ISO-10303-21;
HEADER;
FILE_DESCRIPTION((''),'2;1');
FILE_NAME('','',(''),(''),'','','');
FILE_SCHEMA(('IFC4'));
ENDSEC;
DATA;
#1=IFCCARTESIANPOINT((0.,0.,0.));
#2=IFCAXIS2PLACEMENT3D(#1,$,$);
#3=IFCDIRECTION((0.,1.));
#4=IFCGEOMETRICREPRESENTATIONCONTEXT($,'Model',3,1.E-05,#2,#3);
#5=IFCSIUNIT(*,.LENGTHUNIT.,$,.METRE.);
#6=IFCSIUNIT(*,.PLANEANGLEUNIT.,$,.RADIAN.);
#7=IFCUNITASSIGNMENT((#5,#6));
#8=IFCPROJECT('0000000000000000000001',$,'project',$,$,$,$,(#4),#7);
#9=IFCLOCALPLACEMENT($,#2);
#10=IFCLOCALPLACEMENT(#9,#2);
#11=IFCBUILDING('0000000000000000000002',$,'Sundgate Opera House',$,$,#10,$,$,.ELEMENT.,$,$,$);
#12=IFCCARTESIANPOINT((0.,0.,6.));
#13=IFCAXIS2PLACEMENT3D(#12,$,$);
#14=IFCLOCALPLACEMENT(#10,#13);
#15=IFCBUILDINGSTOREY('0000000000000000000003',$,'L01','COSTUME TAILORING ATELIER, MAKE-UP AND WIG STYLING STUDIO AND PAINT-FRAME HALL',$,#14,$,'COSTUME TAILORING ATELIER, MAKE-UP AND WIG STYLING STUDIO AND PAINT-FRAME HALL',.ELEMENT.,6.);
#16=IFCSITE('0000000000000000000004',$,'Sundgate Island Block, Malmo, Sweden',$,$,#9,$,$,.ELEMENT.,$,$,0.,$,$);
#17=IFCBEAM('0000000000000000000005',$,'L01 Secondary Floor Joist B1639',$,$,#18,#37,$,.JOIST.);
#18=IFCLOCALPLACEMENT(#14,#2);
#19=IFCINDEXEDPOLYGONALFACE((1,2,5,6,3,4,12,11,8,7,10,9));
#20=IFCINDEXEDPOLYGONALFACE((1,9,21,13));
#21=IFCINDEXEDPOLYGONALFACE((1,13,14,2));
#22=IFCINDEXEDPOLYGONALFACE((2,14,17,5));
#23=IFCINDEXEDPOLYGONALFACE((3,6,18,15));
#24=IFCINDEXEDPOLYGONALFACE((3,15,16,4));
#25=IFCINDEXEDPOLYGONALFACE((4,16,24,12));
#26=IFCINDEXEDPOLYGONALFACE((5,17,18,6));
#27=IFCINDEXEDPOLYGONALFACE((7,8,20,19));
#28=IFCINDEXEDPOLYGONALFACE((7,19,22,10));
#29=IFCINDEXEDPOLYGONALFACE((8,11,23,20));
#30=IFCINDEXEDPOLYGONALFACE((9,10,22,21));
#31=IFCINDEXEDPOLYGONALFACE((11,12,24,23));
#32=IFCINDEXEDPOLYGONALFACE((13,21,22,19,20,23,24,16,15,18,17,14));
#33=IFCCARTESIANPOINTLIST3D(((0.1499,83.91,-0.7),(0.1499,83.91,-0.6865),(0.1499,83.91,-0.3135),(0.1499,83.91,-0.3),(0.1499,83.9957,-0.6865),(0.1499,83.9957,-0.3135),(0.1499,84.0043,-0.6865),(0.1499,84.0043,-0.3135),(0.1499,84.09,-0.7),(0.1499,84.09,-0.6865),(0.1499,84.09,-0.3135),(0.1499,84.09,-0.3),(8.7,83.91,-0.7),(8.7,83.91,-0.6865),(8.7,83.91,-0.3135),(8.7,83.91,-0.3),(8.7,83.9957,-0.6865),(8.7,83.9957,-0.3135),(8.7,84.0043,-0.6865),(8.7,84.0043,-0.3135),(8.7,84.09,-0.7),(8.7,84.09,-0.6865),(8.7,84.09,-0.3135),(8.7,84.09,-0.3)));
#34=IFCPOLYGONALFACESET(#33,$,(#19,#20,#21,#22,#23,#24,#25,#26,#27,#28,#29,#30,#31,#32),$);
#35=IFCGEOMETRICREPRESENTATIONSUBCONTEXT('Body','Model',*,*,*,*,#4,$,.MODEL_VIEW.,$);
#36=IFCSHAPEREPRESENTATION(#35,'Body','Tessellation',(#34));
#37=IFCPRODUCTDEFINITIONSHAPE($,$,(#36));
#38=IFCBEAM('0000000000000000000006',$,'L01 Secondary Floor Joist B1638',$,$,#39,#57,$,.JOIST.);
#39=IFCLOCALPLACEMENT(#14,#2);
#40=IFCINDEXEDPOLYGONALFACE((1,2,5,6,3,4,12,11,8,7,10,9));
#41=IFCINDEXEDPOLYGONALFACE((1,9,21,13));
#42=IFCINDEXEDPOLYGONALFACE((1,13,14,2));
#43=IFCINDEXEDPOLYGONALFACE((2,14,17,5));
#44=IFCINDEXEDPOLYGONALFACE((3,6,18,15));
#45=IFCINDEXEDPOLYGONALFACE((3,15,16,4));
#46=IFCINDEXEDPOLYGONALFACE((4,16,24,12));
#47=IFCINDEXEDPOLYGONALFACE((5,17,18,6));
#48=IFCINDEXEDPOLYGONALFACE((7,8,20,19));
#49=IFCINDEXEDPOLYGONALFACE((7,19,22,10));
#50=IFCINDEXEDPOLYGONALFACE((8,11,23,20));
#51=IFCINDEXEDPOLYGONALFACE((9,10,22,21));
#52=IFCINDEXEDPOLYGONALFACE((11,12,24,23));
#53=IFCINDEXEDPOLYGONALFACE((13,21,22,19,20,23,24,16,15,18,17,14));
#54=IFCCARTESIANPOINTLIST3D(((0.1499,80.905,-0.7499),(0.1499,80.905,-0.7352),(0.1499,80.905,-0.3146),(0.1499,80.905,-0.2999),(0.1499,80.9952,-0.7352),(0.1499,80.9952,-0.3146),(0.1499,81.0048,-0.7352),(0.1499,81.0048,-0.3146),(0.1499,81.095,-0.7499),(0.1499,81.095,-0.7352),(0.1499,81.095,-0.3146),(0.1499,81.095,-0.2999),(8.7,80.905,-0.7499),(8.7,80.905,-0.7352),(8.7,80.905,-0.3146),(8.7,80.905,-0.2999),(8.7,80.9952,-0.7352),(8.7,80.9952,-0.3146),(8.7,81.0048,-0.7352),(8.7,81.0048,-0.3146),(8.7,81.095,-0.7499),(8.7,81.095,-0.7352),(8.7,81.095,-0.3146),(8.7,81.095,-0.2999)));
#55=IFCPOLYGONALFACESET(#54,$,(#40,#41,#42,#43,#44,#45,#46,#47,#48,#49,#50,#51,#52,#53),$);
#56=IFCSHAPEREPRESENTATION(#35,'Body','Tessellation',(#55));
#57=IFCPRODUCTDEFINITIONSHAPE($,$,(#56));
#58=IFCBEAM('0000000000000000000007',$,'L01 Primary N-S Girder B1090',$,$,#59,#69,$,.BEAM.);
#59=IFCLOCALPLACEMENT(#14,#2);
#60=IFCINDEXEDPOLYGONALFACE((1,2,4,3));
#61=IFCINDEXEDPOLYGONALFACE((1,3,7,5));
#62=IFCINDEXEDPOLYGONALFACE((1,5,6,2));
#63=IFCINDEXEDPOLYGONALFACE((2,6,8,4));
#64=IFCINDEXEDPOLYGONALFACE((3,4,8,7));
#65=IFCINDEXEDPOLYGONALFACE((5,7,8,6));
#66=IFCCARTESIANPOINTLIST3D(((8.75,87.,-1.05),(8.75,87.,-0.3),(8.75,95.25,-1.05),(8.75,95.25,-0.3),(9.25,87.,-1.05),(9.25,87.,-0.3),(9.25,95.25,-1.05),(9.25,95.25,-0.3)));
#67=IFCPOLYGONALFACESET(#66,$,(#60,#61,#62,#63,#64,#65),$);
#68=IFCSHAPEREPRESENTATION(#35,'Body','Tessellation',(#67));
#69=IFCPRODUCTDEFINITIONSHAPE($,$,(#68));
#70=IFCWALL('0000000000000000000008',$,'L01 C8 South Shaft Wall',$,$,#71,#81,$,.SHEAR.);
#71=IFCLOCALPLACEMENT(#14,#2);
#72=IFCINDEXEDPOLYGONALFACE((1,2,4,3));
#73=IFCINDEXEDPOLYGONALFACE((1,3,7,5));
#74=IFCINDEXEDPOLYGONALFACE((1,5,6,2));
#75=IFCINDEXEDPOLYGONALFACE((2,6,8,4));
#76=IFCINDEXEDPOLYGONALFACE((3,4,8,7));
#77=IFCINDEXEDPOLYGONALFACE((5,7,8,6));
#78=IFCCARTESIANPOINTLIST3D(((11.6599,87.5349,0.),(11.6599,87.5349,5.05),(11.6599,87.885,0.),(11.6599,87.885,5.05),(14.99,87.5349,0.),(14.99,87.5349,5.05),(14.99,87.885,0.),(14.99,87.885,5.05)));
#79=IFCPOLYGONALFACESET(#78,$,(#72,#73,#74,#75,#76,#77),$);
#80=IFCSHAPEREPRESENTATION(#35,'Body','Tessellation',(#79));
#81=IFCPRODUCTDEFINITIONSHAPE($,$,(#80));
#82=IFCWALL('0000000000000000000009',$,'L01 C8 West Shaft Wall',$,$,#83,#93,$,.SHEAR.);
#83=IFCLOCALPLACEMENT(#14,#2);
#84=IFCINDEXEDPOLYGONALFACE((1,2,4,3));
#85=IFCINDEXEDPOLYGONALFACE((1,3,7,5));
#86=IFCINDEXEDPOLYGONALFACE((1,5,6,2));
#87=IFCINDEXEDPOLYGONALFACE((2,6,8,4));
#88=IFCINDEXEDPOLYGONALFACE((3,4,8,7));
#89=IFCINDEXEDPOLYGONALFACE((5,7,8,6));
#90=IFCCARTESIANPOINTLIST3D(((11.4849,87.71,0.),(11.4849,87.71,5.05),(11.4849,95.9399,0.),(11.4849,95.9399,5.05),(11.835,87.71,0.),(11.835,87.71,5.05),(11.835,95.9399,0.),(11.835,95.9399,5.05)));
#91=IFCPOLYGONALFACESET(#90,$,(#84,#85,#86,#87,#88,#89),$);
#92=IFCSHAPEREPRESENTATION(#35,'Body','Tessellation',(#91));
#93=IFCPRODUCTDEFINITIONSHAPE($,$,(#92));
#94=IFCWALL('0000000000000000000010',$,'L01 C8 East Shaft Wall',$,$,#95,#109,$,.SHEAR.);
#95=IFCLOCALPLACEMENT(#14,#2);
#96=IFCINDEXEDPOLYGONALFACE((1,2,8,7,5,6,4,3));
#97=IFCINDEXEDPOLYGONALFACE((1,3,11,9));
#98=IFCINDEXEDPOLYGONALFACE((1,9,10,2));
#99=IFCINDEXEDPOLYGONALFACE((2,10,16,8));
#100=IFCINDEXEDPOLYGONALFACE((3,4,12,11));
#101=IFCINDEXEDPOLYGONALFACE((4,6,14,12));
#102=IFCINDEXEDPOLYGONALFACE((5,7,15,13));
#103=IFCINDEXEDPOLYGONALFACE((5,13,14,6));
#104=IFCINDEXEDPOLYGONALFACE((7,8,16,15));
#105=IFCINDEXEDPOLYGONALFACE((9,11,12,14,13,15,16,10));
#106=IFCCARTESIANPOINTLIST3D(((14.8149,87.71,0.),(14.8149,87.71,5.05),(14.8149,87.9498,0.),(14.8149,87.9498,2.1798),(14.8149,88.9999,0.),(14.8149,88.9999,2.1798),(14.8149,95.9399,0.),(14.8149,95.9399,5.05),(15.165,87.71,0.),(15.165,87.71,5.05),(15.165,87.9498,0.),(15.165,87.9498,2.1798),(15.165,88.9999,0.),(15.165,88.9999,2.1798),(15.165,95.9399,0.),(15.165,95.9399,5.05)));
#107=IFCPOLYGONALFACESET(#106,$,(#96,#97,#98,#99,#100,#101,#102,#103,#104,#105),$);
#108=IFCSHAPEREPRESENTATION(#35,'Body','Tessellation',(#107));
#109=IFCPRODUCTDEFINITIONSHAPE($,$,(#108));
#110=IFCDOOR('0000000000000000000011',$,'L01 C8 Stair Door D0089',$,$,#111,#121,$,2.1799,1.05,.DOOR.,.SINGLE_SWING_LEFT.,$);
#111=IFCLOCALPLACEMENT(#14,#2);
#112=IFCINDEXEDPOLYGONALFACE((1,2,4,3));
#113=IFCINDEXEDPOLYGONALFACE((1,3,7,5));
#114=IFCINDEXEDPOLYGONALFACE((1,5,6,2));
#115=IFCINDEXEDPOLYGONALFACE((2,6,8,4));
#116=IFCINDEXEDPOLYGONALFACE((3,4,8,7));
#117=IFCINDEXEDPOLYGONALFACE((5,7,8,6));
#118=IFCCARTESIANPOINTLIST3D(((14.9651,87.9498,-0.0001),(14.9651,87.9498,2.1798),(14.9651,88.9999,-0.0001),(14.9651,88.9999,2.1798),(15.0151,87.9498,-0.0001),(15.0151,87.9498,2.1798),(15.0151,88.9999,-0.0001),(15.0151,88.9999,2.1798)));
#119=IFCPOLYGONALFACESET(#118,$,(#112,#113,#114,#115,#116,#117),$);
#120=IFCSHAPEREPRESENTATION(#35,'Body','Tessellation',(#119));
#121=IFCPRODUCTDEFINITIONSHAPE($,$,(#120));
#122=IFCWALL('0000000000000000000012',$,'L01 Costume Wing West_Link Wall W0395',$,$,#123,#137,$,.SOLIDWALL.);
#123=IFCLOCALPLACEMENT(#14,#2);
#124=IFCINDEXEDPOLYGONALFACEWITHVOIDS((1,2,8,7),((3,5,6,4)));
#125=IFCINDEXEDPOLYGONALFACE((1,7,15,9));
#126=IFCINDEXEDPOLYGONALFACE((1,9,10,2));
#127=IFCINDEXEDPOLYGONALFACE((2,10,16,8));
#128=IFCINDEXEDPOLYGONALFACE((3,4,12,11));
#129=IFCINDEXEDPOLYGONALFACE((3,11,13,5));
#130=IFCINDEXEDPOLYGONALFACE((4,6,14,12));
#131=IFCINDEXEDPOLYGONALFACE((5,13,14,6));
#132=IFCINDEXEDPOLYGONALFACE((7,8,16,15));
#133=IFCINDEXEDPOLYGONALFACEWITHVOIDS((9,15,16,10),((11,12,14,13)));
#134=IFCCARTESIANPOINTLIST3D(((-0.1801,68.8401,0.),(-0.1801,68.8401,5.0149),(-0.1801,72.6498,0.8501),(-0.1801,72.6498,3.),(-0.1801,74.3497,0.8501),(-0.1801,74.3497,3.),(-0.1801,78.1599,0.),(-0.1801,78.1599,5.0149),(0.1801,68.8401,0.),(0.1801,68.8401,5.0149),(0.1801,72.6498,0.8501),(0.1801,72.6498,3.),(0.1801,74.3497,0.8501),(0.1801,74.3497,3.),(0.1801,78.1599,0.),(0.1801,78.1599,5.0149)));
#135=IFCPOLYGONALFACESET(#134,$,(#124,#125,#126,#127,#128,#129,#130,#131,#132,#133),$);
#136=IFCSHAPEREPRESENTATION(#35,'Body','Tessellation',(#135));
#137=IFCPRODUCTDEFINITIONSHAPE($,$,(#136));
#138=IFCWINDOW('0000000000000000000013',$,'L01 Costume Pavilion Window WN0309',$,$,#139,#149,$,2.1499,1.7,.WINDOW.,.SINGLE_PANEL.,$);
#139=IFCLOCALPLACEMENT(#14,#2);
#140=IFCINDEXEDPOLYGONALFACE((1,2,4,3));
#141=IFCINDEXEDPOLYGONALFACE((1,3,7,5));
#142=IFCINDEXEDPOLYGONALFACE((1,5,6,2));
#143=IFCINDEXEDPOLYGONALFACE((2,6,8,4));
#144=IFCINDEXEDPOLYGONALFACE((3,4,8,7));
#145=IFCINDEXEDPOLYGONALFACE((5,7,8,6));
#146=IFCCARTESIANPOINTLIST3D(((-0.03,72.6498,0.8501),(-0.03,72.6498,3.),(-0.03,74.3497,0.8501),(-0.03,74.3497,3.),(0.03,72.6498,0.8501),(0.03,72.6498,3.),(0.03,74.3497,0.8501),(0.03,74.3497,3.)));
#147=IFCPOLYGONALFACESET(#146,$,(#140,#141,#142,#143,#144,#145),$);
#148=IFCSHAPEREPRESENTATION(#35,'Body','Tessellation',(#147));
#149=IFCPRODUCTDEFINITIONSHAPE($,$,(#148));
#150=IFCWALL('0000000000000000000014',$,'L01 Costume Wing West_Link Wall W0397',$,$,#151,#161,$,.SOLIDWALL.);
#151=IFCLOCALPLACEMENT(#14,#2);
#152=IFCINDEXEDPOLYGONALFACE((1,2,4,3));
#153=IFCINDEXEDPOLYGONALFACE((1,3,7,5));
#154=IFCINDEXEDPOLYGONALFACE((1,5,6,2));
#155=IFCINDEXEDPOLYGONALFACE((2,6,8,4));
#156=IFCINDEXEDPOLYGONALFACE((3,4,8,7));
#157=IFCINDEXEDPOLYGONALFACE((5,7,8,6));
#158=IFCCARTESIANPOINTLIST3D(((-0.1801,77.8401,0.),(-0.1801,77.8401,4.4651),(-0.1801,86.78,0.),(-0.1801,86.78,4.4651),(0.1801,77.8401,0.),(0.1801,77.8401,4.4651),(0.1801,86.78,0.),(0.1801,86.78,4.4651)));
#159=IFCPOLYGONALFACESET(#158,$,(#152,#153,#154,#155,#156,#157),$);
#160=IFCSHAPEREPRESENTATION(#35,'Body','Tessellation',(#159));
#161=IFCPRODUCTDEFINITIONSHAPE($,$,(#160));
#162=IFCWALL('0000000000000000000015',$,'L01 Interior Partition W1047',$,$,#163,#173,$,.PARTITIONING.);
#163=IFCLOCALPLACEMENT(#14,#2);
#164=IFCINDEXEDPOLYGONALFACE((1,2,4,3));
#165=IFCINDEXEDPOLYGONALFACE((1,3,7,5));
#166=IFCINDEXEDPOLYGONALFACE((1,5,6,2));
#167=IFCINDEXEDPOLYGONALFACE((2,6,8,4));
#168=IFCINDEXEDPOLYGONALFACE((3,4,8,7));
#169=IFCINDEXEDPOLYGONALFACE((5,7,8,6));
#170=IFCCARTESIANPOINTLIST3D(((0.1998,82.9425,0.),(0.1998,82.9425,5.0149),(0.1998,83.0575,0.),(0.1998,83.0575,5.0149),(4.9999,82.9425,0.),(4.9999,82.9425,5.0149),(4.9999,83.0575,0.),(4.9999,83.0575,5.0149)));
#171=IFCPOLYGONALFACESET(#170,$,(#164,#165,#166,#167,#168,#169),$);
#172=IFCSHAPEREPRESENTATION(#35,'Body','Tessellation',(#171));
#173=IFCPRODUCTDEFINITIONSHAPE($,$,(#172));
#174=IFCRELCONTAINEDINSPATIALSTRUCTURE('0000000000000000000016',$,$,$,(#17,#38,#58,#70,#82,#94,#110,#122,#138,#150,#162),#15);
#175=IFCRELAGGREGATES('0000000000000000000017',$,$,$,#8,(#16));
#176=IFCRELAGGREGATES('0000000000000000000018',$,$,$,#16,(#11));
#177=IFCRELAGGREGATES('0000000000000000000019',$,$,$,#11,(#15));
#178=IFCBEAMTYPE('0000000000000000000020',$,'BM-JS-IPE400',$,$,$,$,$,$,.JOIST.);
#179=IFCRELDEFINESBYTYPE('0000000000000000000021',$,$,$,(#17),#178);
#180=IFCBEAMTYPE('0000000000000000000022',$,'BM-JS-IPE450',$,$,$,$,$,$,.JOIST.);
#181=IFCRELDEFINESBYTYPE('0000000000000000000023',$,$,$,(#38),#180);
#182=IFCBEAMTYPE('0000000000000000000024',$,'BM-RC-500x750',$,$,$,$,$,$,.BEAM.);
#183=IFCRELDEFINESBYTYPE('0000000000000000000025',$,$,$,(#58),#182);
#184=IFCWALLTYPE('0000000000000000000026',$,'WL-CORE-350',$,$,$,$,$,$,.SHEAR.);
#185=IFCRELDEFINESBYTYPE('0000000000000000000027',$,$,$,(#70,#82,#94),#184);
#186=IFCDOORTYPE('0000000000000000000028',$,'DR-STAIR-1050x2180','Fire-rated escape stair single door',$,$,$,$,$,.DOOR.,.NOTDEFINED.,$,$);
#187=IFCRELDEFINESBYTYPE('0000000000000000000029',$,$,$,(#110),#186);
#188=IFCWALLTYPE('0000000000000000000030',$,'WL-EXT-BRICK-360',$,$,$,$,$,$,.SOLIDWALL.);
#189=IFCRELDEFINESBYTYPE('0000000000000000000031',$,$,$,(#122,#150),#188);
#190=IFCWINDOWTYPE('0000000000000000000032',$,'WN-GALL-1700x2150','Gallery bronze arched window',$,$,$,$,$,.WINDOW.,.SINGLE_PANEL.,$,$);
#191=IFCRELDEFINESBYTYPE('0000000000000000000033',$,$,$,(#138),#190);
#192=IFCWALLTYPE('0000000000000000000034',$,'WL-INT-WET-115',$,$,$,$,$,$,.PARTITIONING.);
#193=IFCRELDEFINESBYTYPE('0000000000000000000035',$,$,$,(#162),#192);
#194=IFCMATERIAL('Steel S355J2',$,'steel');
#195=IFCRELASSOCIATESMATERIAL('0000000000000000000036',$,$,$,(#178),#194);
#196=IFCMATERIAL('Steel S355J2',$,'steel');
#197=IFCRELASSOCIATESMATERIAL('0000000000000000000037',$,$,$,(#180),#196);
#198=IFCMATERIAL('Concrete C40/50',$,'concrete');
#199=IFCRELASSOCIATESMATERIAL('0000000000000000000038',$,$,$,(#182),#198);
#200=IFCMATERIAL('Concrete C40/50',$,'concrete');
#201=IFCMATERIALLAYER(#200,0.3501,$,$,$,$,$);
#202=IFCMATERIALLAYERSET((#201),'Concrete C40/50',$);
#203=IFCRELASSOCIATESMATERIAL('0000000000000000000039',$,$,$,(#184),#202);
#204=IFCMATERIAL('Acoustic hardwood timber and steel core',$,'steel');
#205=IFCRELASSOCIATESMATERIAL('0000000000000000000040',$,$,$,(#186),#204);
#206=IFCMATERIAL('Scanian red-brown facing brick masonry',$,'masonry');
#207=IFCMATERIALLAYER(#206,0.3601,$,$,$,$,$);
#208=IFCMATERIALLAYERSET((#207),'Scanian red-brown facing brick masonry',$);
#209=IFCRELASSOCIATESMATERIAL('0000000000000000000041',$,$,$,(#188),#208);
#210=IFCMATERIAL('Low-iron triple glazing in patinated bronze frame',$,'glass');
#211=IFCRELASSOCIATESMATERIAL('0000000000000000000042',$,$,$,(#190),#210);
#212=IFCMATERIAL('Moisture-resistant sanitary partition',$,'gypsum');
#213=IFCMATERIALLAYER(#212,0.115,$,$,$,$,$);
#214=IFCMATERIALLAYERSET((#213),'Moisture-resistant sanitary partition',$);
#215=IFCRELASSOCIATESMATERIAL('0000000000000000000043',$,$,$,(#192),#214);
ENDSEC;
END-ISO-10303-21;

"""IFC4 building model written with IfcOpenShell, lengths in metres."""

from ifc_helpers import new_model, si_unit, direction, frame, frame_2d, origin, origin_2d, place, context, subcontext, project, spatial, rectangle, i_section, extrude, material, layer, layer_set, material_profile, profile_set, type_object, element, fill, save


model = new_model("IFC4")

# Units and contexts
model_context = context("Model", 3, precision=1e-05, world=origin(), true_north=direction((0.0, 1.0)))
body_context = subcontext(model_context, "Body", "Model", "MODEL_VIEW")
ifc_project = project(units=[si_unit("LENGTHUNIT", "METRE"), si_unit("PLANEANGLEUNIT", "RADIAN")], contexts=[model_context])

# Site, building, storey
site_placement = place(None, origin())
site = spatial("IfcSite", under=ifc_project, at=site_placement, Name="Sundgate Island Block, Malmo, Sweden", CompositionType="ELEMENT", RefElevation=0.0)
building_placement = place(site_placement, origin())
building = spatial("IfcBuilding", under=site, at=building_placement, Name="Sundgate Opera House", CompositionType="ELEMENT")
storey_placement = place(building_placement, frame((0.0, 0.0, 6.0)))
storey = spatial("IfcBuildingStorey", under=building, at=storey_placement, Name="L01", Description="COSTUME TAILORING ATELIER, MAKE-UP AND WIG STYLING STUDIO AND PAINT-FRAME HALL", LongName="COSTUME TAILORING ATELIER, MAKE-UP AND WIG STYLING STUDIO AND PAINT-FRAME HALL", CompositionType="ELEMENT", Elevation=6.0)

# Beams
ifc_material_1 = material(Name="Steel S355J2", Category="steel")
ifc_material_profile_1 = material_profile(ifc_material_1, i_section(OverallWidth=0.1799, OverallDepth=0.3999, WebThickness=0.0085, FlangeThickness=0.0134, at=origin_2d()), Name="IPE 400")
ifc_profile_set_1 = profile_set([ifc_material_profile_1], Name="Steel S355J2")
beam_type_1 = type_object("IfcBeamType", Name="BM-JS-IPE400", PredefinedType="JOIST", material=ifc_profile_set_1)
beam_1_placement = place(storey_placement, frame((0.1499, 84.0, -0.5), z_axis=(1.0, 0.0, 0.0), x_axis=(0.0, 1.0, 0.0)))
element("IfcBeam", 1, at=beam_1_placement, inside=storey, type_object=beam_type_1, Name="L01 Secondary Floor Joist B1639", PredefinedType="JOIST", context=body_context, shape_type="SweptSolid", body=[
    extrude(i_section(OverallWidth=0.1799, OverallDepth=0.3999, WebThickness=0.0085, FlangeThickness=0.0134, at=origin_2d()), origin(), (0.0, 0.0, 1.0), 8.55),
])
ifc_material_2 = material(Name="Steel S355J2", Category="steel")
ifc_material_profile_2 = material_profile(ifc_material_2, i_section(OverallWidth=0.1899, OverallDepth=0.45, WebThickness=0.0095, FlangeThickness=0.0146, at=origin_2d()), Name="IPE 450")
ifc_profile_set_2 = profile_set([ifc_material_profile_2], Name="Steel S355J2")
beam_type_2 = type_object("IfcBeamType", Name="BM-JS-IPE450", PredefinedType="JOIST", material=ifc_profile_set_2)
beam_2_placement = place(storey_placement, frame((0.1499, 81.0, -0.5249), z_axis=(1.0, 0.0, 0.0), x_axis=(0.0, 1.0, 0.0)))
element("IfcBeam", 2, at=beam_2_placement, inside=storey, type_object=beam_type_2, Name="L01 Secondary Floor Joist B1638", PredefinedType="JOIST", context=body_context, shape_type="SweptSolid", body=[
    extrude(i_section(OverallWidth=0.1899, OverallDepth=0.45, WebThickness=0.0095, FlangeThickness=0.0146, at=origin_2d()), origin(), (0.0, 0.0, 1.0), 8.55),
])
ifc_material_3 = material(Name="Concrete C40/50", Category="concrete")
ifc_material_profile_3 = material_profile(ifc_material_3, rectangle(XDim=0.5, YDim=0.75, at=origin_2d()), Name="RC 500x750")
ifc_profile_set_3 = profile_set([ifc_material_profile_3], Name="Concrete C40/50")
beam_type_3 = type_object("IfcBeamType", Name="BM-RC-500x750", PredefinedType="BEAM", material=ifc_profile_set_3)
beam_3_placement = place(storey_placement, frame((9.0, 87.0, -0.675), z_axis=(0.0, 1.0, 0.0), x_axis=(-1.0, 0.0, 0.0)))
element("IfcBeam", 3, at=beam_3_placement, inside=storey, type_object=beam_type_3, Name="L01 Primary N-S Girder B1090", PredefinedType="BEAM", context=body_context, shape_type="SweptSolid", body=[
    extrude(rectangle(XDim=0.5, YDim=0.75, at=origin_2d()), origin(), (0.0, 0.0, 1.0), 8.25),
])

# Walls
ifc_material_4 = material(Name="Concrete C40/50", Category="concrete")
ifc_layer_1 = layer(ifc_material_4, 0.3501)
ifc_layer_set_1 = layer_set([ifc_layer_1], Name="Concrete C40/50")
wall_type_1 = type_object("IfcWallType", Name="WL-CORE-350", PredefinedType="SHEAR", material=ifc_layer_set_1)
wall_1_placement = place(storey_placement, frame((11.6599, 87.71, 0.0), z_axis=(0.0, 0.0, 1.0), x_axis=(1.0, 0.0, 0.0)))
element("IfcWall", 4, at=wall_1_placement, inside=storey, type_object=wall_type_1, Name="L01 C8 South Shaft Wall", PredefinedType="SHEAR", context=body_context, shape_type="SweptSolid", body=[
    extrude(rectangle(XDim=3.3301, YDim=0.3501, at=frame_2d((1.665, 0.0))), origin(), (0.0, 0.0, 1.0), 5.05),
])
wall_2_placement = place(storey_placement, frame((11.6599, 87.71, 0.0), z_axis=(0.0, 0.0, 1.0), x_axis=(0.0, 1.0, 0.0)))
element("IfcWall", 5, at=wall_2_placement, inside=storey, type_object=wall_type_1, Name="L01 C8 West Shaft Wall", PredefinedType="SHEAR", context=body_context, shape_type="SweptSolid", body=[
    extrude(rectangle(XDim=8.23, YDim=0.3501, at=frame_2d((4.115, 0.0))), origin(), (0.0, 0.0, 1.0), 5.05),
])

# Wall, opening, door
wall_3_placement = place(storey_placement, frame((14.99, 87.71, 0.0), z_axis=(0.0, 0.0, 1.0), x_axis=(0.0, 1.0, 0.0)))
wall_3 = element("IfcWall", 6, at=wall_3_placement, inside=storey, type_object=wall_type_1, Name="L01 C8 East Shaft Wall", PredefinedType="SHEAR", context=body_context, shape_type="SweptSolid", body=[
    extrude(rectangle(XDim=8.23, YDim=0.3501, at=frame_2d((4.115, 0.0))), origin(), (0.0, 0.0, 1.0), 5.05),
])
opening_1_placement = place(wall_3_placement, frame((0.24, 0.0, 0.0)))
opening_1 = element("IfcOpeningElement", 7, at=opening_1_placement, cuts=wall_3, PredefinedType="OPENING", context=body_context, shape_type="SweptSolid", body=[
    extrude(rectangle(XDim=1.05, YDim=2.1799, at=frame_2d((0.5249, 1.0898))), frame((0.0, 0.1851, 0.0), z_axis=(0.0, -1.0, 0.0), x_axis=(1.0, 0.0, 0.0)), (0.0, 0.0, 1.0), 0.3701),
])
ifc_material_5 = material(Name="Acoustic hardwood timber and steel core", Category="steel")
door_type = type_object("IfcDoorType", Name="DR-STAIR-1050x2180", Description="Fire-rated escape stair single door", OperationType="NOTDEFINED", PredefinedType="DOOR", material=ifc_material_5)
door_placement = place(opening_1_placement, origin())
door = element("IfcDoor", 8, at=door_placement, inside=storey, type_object=door_type, Name="L01 C8 Stair Door D0089", OperationType="SINGLE_SWING_LEFT", OverallHeight=2.1799, OverallWidth=1.05, PredefinedType="DOOR", context=body_context, shape_type="SweptSolid", body=[
    extrude(rectangle(XDim=1.05, YDim=2.1799, at=frame_2d((0.5249, 1.0898))), frame((0.0, 0.0249, 0.0), z_axis=(0.0, -1.0, 0.0), x_axis=(1.0, 0.0, 0.0)), (0.0, 0.0, 1.0), 0.05),
])
fill(opening_1, door)

# Wall, opening, window
ifc_material_6 = material(Name="Scanian red-brown facing brick masonry", Category="masonry")
ifc_layer_2 = layer(ifc_material_6, 0.3601)
ifc_layer_set_2 = layer_set([ifc_layer_2], Name="Scanian red-brown facing brick masonry")
wall_type_2 = type_object("IfcWallType", Name="WL-EXT-BRICK-360", PredefinedType="SOLIDWALL", material=ifc_layer_set_2)
wall_4_placement = place(storey_placement, frame((0.0, 78.1599, 0.0), z_axis=(0.0, 0.0, 1.0), x_axis=(0.0, -1.0, 0.0)))
wall_4 = element("IfcWall", 9, at=wall_4_placement, inside=storey, type_object=wall_type_2, Name="L01 Costume Wing West_Link Wall W0395", PredefinedType="SOLIDWALL", context=body_context, shape_type="SweptSolid", body=[
    extrude(rectangle(XDim=9.3198, YDim=0.3601, at=frame_2d((4.6599, 0.0))), origin(), (0.0, 0.0, 1.0), 5.0149),
])
opening_2_placement = place(wall_4_placement, frame((3.8101, 0.0, 0.8501)))
opening_2 = element("IfcOpeningElement", 10, at=opening_2_placement, cuts=wall_4, PredefinedType="OPENING", context=body_context, shape_type="SweptSolid", body=[
    extrude(rectangle(XDim=1.7, YDim=2.1499, at=frame_2d((0.8501, 1.075))), frame((0.0, 0.1899, 0.0), z_axis=(0.0, -1.0, 0.0), x_axis=(1.0, 0.0, 0.0)), (0.0, 0.0, 1.0), 0.3801),
])
ifc_material_7 = material(Name="Low-iron triple glazing in patinated bronze frame", Category="glass")
window_type = type_object("IfcWindowType", Name="WN-GALL-1700x2150", Description="Gallery bronze arched window", PartitioningType="SINGLE_PANEL", PredefinedType="WINDOW", material=ifc_material_7)
window_placement = place(opening_2_placement, origin())
window = element("IfcWindow", 11, at=window_placement, inside=storey, type_object=window_type, Name="L01 Costume Pavilion Window WN0309", OverallHeight=2.1499, OverallWidth=1.7, PartitioningType="SINGLE_PANEL", PredefinedType="WINDOW", context=body_context, shape_type="SweptSolid", body=[
    extrude(rectangle(XDim=1.7, YDim=2.1499, at=frame_2d((0.8501, 1.075))), frame((0.0, 0.03, 0.0), z_axis=(0.0, -1.0, 0.0), x_axis=(1.0, 0.0, 0.0)), (0.0, 0.0, 1.0), 0.0601),
])
fill(opening_2, window)

# Walls
wall_5_placement = place(storey_placement, frame((0.0, 86.78, 0.0), z_axis=(0.0, 0.0, 1.0), x_axis=(0.0, -1.0, 0.0)))
element("IfcWall", 12, at=wall_5_placement, inside=storey, type_object=wall_type_2, Name="L01 Costume Wing West_Link Wall W0397", PredefinedType="SOLIDWALL", context=body_context, shape_type="SweptSolid", body=[
    extrude(rectangle(XDim=8.9399, YDim=0.3601, at=frame_2d((4.47, 0.0))), origin(), (0.0, 0.0, 1.0), 4.4651),
])
ifc_material_8 = material(Name="Moisture-resistant sanitary partition", Category="gypsum")
ifc_layer_3 = layer(ifc_material_8, 0.115)
ifc_layer_set_3 = layer_set([ifc_layer_3], Name="Moisture-resistant sanitary partition")
wall_type_3 = type_object("IfcWallType", Name="WL-INT-WET-115", PredefinedType="PARTITIONING", material=ifc_layer_set_3)
wall_6_placement = place(storey_placement, frame((0.2, 83.0, 0.0), z_axis=(0.0, 0.0, 1.0), x_axis=(1.0, 0.0, 0.0)))
element("IfcWall", 13, at=wall_6_placement, inside=storey, type_object=wall_type_3, Name="L01 Interior Partition W1047", PredefinedType="PARTITIONING", context=body_context, shape_type="SweptSolid", body=[
    extrude(rectangle(XDim=4.8, YDim=0.115, at=frame_2d((2.3999, 0.0))), origin(), (0.0, 0.0, 1.0), 5.0149),
])

save(model, "model.ifc")
